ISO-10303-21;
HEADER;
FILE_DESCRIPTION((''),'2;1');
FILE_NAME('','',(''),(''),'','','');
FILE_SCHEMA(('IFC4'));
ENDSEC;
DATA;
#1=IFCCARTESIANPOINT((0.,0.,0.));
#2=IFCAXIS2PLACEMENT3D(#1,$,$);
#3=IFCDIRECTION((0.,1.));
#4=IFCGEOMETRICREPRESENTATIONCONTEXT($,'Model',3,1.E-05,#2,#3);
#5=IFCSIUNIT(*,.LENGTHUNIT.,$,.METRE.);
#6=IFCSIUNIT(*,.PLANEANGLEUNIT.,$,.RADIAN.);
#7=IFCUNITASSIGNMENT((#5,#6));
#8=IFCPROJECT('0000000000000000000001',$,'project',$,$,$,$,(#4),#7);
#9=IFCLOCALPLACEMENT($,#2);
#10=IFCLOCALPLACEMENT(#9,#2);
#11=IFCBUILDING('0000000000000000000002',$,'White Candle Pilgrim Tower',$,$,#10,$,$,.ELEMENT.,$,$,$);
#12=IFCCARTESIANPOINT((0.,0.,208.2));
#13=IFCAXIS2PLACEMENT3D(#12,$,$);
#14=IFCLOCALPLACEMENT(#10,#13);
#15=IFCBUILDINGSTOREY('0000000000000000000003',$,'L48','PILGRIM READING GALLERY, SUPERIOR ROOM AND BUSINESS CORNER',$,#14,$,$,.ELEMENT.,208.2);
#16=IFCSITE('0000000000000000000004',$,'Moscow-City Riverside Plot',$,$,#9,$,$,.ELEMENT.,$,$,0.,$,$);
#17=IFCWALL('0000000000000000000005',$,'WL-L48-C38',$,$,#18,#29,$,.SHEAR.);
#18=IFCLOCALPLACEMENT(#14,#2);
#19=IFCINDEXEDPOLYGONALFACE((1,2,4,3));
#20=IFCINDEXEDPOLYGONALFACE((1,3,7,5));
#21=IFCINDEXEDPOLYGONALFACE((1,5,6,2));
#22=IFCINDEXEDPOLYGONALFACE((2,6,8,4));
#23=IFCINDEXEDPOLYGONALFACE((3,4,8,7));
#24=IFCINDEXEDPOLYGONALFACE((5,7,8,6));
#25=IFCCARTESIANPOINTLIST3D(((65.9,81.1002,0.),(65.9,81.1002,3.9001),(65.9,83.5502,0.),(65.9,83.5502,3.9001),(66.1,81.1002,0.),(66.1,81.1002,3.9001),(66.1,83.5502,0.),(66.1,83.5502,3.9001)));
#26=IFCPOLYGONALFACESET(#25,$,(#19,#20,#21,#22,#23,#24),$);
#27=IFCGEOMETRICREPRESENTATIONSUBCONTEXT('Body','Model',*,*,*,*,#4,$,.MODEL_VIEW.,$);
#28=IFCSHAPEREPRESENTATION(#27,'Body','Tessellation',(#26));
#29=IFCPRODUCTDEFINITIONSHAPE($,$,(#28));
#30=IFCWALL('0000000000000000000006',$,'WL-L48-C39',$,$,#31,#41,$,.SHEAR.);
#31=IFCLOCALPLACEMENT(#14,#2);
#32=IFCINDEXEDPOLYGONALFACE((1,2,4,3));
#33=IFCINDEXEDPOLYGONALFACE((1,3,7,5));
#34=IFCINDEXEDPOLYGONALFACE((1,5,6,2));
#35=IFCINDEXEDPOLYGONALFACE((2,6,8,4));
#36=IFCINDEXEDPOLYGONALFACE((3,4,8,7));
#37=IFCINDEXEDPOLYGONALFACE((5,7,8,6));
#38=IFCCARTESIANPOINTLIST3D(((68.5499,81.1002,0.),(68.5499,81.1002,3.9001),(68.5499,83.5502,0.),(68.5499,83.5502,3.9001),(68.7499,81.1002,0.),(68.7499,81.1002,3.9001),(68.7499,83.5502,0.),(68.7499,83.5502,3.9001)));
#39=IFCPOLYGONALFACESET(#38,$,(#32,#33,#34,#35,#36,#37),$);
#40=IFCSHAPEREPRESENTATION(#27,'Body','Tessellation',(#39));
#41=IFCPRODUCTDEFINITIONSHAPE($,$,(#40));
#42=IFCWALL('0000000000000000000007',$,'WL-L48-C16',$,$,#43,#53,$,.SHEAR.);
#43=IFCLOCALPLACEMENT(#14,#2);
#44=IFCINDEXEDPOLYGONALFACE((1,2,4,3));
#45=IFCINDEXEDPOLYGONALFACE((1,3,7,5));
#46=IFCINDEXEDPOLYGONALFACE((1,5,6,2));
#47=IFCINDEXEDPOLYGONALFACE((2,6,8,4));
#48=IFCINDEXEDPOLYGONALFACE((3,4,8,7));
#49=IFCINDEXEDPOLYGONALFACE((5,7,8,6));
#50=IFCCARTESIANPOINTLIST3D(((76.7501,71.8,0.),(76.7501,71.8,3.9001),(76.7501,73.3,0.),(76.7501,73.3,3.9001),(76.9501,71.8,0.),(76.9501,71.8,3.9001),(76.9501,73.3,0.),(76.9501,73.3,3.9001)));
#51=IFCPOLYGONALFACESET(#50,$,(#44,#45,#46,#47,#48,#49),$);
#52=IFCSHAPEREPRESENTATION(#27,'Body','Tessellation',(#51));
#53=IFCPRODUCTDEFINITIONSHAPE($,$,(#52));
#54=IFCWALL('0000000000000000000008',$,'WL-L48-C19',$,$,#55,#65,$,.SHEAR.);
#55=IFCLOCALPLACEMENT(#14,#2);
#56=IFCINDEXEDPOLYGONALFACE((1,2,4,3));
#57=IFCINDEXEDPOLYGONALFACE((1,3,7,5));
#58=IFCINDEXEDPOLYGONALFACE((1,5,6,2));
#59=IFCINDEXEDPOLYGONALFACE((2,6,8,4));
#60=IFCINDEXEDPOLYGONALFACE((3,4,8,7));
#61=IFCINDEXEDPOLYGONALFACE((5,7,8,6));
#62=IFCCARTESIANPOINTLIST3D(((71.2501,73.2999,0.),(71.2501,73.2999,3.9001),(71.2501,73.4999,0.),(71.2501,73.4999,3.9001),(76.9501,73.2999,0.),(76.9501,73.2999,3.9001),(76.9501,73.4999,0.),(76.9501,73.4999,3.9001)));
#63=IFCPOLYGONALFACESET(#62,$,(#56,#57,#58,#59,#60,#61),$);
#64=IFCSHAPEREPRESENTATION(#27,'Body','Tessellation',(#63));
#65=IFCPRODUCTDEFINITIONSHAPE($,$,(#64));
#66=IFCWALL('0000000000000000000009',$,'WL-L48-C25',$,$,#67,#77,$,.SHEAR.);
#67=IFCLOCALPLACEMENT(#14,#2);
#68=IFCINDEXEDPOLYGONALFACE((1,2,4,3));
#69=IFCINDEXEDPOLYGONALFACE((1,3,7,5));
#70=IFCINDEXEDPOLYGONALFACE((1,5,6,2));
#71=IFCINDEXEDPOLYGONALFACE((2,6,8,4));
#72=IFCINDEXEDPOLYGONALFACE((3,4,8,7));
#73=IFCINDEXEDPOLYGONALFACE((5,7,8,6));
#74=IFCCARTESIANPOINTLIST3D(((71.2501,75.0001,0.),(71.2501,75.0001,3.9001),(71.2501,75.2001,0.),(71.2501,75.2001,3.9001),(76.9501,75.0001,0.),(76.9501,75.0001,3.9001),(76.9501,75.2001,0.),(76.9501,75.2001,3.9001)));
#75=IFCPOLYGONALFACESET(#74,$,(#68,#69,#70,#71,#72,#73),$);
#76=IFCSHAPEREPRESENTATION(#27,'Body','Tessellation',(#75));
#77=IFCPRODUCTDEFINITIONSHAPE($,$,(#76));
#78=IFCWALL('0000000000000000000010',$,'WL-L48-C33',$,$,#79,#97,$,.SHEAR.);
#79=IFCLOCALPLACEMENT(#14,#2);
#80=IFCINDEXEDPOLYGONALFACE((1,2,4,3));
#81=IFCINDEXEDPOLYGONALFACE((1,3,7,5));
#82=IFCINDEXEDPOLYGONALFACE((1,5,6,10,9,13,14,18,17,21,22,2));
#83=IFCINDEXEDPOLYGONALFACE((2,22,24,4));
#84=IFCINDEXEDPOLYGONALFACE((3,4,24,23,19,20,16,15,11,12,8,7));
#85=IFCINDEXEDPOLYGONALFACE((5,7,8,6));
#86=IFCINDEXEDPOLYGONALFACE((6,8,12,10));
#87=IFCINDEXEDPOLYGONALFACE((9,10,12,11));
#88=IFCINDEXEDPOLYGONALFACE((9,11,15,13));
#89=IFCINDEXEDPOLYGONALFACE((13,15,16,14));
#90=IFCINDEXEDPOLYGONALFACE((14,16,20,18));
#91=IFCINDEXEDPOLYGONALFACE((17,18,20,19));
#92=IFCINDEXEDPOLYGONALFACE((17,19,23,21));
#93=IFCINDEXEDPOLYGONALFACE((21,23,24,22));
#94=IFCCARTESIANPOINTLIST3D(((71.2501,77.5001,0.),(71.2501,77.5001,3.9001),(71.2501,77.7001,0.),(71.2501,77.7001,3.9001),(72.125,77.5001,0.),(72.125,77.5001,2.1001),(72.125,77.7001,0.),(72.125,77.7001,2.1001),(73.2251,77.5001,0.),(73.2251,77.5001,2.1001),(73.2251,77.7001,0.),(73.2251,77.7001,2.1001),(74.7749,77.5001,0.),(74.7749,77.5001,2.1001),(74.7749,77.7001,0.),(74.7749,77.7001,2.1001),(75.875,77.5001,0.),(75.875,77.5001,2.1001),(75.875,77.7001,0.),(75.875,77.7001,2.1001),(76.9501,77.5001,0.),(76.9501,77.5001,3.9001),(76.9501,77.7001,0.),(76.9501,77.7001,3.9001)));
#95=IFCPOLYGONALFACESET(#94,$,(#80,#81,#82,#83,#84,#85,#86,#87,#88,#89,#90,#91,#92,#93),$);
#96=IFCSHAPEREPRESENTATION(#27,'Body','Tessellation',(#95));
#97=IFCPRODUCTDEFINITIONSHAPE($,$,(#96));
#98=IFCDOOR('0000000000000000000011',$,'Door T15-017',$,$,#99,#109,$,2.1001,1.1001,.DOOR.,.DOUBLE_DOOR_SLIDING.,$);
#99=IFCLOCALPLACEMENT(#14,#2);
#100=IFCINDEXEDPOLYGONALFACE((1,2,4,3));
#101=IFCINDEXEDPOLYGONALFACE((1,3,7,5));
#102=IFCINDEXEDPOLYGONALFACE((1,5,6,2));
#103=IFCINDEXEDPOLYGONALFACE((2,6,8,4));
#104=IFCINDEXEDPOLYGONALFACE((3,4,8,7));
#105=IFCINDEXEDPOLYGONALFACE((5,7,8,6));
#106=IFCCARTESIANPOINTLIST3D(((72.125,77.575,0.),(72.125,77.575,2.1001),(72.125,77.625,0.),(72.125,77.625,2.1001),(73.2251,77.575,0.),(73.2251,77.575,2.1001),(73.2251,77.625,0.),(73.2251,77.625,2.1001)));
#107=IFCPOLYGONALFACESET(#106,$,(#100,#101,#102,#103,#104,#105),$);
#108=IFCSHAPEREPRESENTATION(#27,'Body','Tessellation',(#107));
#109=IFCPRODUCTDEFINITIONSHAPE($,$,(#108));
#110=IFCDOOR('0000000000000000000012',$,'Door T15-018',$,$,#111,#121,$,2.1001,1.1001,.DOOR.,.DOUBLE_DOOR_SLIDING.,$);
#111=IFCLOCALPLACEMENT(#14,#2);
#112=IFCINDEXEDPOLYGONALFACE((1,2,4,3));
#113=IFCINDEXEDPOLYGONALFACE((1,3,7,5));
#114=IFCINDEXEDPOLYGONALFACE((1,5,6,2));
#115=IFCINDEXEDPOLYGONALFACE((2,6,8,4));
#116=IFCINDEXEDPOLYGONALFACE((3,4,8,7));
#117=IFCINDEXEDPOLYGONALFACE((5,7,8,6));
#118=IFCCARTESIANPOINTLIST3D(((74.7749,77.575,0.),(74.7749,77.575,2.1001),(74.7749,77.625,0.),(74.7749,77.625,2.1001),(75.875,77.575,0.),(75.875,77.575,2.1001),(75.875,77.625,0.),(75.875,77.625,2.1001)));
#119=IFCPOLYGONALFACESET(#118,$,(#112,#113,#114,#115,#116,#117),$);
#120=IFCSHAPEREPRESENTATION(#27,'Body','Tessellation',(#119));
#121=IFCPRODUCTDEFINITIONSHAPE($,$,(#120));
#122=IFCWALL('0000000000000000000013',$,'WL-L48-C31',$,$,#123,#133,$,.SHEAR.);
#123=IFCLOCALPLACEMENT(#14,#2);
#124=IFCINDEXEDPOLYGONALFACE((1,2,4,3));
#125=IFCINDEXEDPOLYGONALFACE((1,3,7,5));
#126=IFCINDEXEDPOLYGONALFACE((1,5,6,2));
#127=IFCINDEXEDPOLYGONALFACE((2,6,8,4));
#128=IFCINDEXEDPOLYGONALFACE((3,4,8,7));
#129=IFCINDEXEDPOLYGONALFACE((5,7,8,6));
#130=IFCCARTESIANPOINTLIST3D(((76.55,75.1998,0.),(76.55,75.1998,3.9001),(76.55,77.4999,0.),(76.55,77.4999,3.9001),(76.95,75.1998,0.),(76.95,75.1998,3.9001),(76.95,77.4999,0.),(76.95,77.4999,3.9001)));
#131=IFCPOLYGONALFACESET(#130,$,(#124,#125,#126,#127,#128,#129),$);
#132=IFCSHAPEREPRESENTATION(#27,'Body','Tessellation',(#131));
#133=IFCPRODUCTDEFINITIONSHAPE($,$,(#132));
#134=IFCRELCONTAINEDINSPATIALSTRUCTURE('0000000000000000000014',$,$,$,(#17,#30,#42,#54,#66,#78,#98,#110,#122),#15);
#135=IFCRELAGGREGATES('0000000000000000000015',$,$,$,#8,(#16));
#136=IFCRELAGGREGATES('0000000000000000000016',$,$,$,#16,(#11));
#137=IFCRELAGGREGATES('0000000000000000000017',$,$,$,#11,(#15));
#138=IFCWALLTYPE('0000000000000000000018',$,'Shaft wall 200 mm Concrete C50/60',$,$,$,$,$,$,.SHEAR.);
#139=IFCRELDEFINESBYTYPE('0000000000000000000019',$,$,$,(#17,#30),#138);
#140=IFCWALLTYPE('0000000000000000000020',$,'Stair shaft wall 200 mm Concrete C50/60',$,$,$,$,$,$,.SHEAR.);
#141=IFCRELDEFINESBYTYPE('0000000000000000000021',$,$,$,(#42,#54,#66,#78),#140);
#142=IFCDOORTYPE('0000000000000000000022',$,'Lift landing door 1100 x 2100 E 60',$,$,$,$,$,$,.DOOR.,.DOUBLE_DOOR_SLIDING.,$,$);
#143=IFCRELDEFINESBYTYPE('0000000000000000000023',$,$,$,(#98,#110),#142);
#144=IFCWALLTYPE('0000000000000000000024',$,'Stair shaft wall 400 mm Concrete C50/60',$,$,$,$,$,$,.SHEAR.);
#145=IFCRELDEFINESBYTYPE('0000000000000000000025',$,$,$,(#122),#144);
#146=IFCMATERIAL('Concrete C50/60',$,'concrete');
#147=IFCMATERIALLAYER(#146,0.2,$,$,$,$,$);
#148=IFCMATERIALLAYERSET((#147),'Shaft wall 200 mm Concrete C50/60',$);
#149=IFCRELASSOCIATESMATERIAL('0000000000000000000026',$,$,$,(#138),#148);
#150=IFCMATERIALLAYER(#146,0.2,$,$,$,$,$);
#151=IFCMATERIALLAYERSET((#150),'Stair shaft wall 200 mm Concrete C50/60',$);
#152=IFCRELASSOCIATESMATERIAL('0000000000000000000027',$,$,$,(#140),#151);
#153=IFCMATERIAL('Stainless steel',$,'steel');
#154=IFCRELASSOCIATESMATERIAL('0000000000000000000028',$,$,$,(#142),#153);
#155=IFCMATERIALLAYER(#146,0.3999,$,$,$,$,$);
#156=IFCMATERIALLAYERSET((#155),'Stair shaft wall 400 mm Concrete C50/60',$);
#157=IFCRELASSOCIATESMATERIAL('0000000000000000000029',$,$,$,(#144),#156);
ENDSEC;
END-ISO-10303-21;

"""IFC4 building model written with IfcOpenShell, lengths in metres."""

from ifc_helpers import new_model, si_unit, direction, frame, frame_2d, origin, place, context, subcontext, project, spatial, rectangle, extrude, material, layer, layer_set, type_object, element, fill, save


model = new_model("IFC4")

# Units and contexts
model_context = context("Model", 3, precision=1e-05, world=origin(), true_north=direction((0.0, 1.0)))
body_context = subcontext(model_context, "Body", "Model", "MODEL_VIEW")
ifc_project = project(units=[si_unit("LENGTHUNIT", "METRE"), si_unit("PLANEANGLEUNIT", "RADIAN")], contexts=[model_context])

# Site, building, storey
site_placement = place(None, origin())
site = spatial("IfcSite", under=ifc_project, at=site_placement, Name="Moscow-City Riverside Plot", CompositionType="ELEMENT", RefElevation=0.0)
building_placement = place(site_placement, origin())
building = spatial("IfcBuilding", under=site, at=building_placement, Name="White Candle Pilgrim Tower", CompositionType="ELEMENT")
storey_placement = place(building_placement, frame((0.0, 0.0, 208.2)))
storey = spatial("IfcBuildingStorey", under=building, at=storey_placement, Name="L48", Description="PILGRIM READING GALLERY, SUPERIOR ROOM AND BUSINESS CORNER", CompositionType="ELEMENT", Elevation=208.2)

# Walls
ifc_material_1 = material(Name="Concrete C50/60", Category="concrete")
ifc_layer_1 = layer(ifc_material_1, 0.2)
ifc_layer_set_1 = layer_set([ifc_layer_1], Name="Shaft wall 200 mm Concrete C50/60")
wall_type_1 = type_object("IfcWallType", Name="Shaft wall 200 mm Concrete C50/60", PredefinedType="SHEAR", material=ifc_layer_set_1)
for number, where, z_axis, x_axis, name in (
    (1, (66.0, 81.1001, 0.0), (0.0, 0.0, 1.0), (0.0, 1.0, 0.0), "WL-L48-C38"),
    (2, (68.6499, 81.1001, 0.0), (0.0, 0.0, 1.0), (0.0, 1.0, 0.0), "WL-L48-C39"),
):
    element("IfcWall", number, at=place(storey_placement, frame(where, z_axis=z_axis, x_axis=x_axis)), inside=storey, type_object=wall_type_1, Name=name, PredefinedType="SHEAR", context=body_context, shape_type="SweptSolid", body=[
        extrude(rectangle(XDim=2.45, YDim=0.2, at=frame_2d((1.2251, 0.0))), origin(), (0.0, 0.0, 1.0), 3.9001),
    ])
ifc_layer_2 = layer(ifc_material_1, 0.2)
ifc_layer_set_2 = layer_set([ifc_layer_2], Name="Stair shaft wall 200 mm Concrete C50/60")
wall_type_2 = type_object("IfcWallType", Name="Stair shaft wall 200 mm Concrete C50/60", PredefinedType="SHEAR", material=ifc_layer_set_2)
wall_1_placement = place(storey_placement, frame((76.8501, 71.8, 0.0), z_axis=(0.0, 0.0, 1.0), x_axis=(0.0, 1.0, 0.0)))
element("IfcWall", 3, at=wall_1_placement, inside=storey, type_object=wall_type_2, Name="WL-L48-C16", PredefinedType="SHEAR", context=body_context, shape_type="SweptSolid", body=[
    extrude(rectangle(XDim=1.5, YDim=0.2, at=frame_2d((0.75, 0.0))), origin(), (0.0, 0.0, 1.0), 3.9001),
])
for number, where, z_axis, x_axis, name in (
    (4, (71.25, 73.3999, 0.0), (0.0, 0.0, 1.0), (1.0, 0.0, 0.0), "WL-L48-C19"),
    (5, (71.25, 75.1001, 0.0), (0.0, 0.0, 1.0), (1.0, 0.0, 0.0), "WL-L48-C25"),
):
    element("IfcWall", number, at=place(storey_placement, frame(where, z_axis=z_axis, x_axis=x_axis)), inside=storey, type_object=wall_type_2, Name=name, PredefinedType="SHEAR", context=body_context, shape_type="SweptSolid", body=[
        extrude(rectangle(XDim=5.7, YDim=0.2, at=frame_2d((2.8501, 0.0))), origin(), (0.0, 0.0, 1.0), 3.9001),
    ])

# Wall, openings, doors
wall_2_placement = place(storey_placement, frame((71.25, 77.6001, 0.0), z_axis=(0.0, 0.0, 1.0), x_axis=(1.0, 0.0, 0.0)))
wall_2 = element("IfcWall", 6, at=wall_2_placement, inside=storey, type_object=wall_type_2, Name="WL-L48-C33", PredefinedType="SHEAR", context=body_context, shape_type="SweptSolid", body=[
    extrude(rectangle(XDim=5.7, YDim=0.2, at=frame_2d((2.8501, 0.0))), origin(), (0.0, 0.0, 1.0), 3.9001),
])
opening_1_placement = place(wall_2_placement, frame((0.875, 0.0, 0.0)))
opening_1 = element("IfcOpeningElement", 7, at=opening_1_placement, cuts=wall_2, PredefinedType="OPENING", context=body_context, shape_type="SweptSolid", body=[
    extrude(rectangle(XDim=1.1001, YDim=2.1001, at=frame_2d((0.55, 1.05))), frame((0.0, 0.1099, 0.0), z_axis=(0.0, -1.0, 0.0), x_axis=(1.0, 0.0, 0.0)), (0.0, 0.0, 1.0), 0.22),
])
opening_2_placement = place(wall_2_placement, frame((3.5249, 0.0, 0.0)))
opening_2 = element("IfcOpeningElement", 8, at=opening_2_placement, cuts=wall_2, PredefinedType="OPENING", context=body_context, shape_type="SweptSolid", body=[
    extrude(rectangle(XDim=1.1001, YDim=2.1001, at=frame_2d((0.55, 1.05))), frame((0.0, 0.1099, 0.0), z_axis=(0.0, -1.0, 0.0), x_axis=(1.0, 0.0, 0.0)), (0.0, 0.0, 1.0), 0.22),
])
ifc_material_2 = material(Name="Stainless steel", Category="steel")
door_type_1 = type_object("IfcDoorType", Name="Lift landing door 1100 x 2100 E 60", OperationType="DOUBLE_DOOR_SLIDING", PredefinedType="DOOR", material=ifc_material_2)
door_1_placement = place(opening_1_placement, origin())
door_1 = element("IfcDoor", 9, at=door_1_placement, inside=storey, type_object=door_type_1, Name="Door T15-017", OperationType="DOUBLE_DOOR_SLIDING", OverallHeight=2.1001, OverallWidth=1.1001, PredefinedType="DOOR", context=body_context, shape_type="SweptSolid", body=[
    extrude(rectangle(XDim=1.1001, YDim=2.1001, at=frame_2d((0.55, 1.05))), frame((0.0, 0.0249, 0.0), z_axis=(0.0, -1.0, 0.0), x_axis=(1.0, 0.0, 0.0)), (0.0, 0.0, 1.0), 0.05),
])
fill(opening_1, door_1)
door_2_placement = place(opening_2_placement, origin())
door_2 = element("IfcDoor", 10, at=door_2_placement, inside=storey, type_object=door_type_1, Name="Door T15-018", OperationType="DOUBLE_DOOR_SLIDING", OverallHeight=2.1001, OverallWidth=1.1001, PredefinedType="DOOR", context=body_context, shape_type="SweptSolid", body=[
    extrude(rectangle(XDim=1.1001, YDim=2.1001, at=frame_2d((0.55, 1.05))), frame((0.0, 0.0249, 0.0), z_axis=(0.0, -1.0, 0.0), x_axis=(1.0, 0.0, 0.0)), (0.0, 0.0, 1.0), 0.05),
])
fill(opening_2, door_2)

# Wall
ifc_layer_3 = layer(ifc_material_1, 0.3999)
ifc_layer_set_3 = layer_set([ifc_layer_3], Name="Stair shaft wall 400 mm Concrete C50/60")
wall_type_3 = type_object("IfcWallType", Name="Stair shaft wall 400 mm Concrete C50/60", PredefinedType="SHEAR", material=ifc_layer_set_3)
wall_3_placement = place(storey_placement, frame((76.75, 75.2, 0.0), z_axis=(0.0, 0.0, 1.0), x_axis=(0.0, 1.0, 0.0)))
element("IfcWall", 11, at=wall_3_placement, inside=storey, type_object=wall_type_3, Name="WL-L48-C31", PredefinedType="SHEAR", context=body_context, shape_type="SweptSolid", body=[
    extrude(rectangle(XDim=2.3, YDim=0.3999, at=frame_2d((1.1499, 0.0))), origin(), (0.0, 0.0, 1.0), 3.9001),
])

save(model, "model.ifc")
